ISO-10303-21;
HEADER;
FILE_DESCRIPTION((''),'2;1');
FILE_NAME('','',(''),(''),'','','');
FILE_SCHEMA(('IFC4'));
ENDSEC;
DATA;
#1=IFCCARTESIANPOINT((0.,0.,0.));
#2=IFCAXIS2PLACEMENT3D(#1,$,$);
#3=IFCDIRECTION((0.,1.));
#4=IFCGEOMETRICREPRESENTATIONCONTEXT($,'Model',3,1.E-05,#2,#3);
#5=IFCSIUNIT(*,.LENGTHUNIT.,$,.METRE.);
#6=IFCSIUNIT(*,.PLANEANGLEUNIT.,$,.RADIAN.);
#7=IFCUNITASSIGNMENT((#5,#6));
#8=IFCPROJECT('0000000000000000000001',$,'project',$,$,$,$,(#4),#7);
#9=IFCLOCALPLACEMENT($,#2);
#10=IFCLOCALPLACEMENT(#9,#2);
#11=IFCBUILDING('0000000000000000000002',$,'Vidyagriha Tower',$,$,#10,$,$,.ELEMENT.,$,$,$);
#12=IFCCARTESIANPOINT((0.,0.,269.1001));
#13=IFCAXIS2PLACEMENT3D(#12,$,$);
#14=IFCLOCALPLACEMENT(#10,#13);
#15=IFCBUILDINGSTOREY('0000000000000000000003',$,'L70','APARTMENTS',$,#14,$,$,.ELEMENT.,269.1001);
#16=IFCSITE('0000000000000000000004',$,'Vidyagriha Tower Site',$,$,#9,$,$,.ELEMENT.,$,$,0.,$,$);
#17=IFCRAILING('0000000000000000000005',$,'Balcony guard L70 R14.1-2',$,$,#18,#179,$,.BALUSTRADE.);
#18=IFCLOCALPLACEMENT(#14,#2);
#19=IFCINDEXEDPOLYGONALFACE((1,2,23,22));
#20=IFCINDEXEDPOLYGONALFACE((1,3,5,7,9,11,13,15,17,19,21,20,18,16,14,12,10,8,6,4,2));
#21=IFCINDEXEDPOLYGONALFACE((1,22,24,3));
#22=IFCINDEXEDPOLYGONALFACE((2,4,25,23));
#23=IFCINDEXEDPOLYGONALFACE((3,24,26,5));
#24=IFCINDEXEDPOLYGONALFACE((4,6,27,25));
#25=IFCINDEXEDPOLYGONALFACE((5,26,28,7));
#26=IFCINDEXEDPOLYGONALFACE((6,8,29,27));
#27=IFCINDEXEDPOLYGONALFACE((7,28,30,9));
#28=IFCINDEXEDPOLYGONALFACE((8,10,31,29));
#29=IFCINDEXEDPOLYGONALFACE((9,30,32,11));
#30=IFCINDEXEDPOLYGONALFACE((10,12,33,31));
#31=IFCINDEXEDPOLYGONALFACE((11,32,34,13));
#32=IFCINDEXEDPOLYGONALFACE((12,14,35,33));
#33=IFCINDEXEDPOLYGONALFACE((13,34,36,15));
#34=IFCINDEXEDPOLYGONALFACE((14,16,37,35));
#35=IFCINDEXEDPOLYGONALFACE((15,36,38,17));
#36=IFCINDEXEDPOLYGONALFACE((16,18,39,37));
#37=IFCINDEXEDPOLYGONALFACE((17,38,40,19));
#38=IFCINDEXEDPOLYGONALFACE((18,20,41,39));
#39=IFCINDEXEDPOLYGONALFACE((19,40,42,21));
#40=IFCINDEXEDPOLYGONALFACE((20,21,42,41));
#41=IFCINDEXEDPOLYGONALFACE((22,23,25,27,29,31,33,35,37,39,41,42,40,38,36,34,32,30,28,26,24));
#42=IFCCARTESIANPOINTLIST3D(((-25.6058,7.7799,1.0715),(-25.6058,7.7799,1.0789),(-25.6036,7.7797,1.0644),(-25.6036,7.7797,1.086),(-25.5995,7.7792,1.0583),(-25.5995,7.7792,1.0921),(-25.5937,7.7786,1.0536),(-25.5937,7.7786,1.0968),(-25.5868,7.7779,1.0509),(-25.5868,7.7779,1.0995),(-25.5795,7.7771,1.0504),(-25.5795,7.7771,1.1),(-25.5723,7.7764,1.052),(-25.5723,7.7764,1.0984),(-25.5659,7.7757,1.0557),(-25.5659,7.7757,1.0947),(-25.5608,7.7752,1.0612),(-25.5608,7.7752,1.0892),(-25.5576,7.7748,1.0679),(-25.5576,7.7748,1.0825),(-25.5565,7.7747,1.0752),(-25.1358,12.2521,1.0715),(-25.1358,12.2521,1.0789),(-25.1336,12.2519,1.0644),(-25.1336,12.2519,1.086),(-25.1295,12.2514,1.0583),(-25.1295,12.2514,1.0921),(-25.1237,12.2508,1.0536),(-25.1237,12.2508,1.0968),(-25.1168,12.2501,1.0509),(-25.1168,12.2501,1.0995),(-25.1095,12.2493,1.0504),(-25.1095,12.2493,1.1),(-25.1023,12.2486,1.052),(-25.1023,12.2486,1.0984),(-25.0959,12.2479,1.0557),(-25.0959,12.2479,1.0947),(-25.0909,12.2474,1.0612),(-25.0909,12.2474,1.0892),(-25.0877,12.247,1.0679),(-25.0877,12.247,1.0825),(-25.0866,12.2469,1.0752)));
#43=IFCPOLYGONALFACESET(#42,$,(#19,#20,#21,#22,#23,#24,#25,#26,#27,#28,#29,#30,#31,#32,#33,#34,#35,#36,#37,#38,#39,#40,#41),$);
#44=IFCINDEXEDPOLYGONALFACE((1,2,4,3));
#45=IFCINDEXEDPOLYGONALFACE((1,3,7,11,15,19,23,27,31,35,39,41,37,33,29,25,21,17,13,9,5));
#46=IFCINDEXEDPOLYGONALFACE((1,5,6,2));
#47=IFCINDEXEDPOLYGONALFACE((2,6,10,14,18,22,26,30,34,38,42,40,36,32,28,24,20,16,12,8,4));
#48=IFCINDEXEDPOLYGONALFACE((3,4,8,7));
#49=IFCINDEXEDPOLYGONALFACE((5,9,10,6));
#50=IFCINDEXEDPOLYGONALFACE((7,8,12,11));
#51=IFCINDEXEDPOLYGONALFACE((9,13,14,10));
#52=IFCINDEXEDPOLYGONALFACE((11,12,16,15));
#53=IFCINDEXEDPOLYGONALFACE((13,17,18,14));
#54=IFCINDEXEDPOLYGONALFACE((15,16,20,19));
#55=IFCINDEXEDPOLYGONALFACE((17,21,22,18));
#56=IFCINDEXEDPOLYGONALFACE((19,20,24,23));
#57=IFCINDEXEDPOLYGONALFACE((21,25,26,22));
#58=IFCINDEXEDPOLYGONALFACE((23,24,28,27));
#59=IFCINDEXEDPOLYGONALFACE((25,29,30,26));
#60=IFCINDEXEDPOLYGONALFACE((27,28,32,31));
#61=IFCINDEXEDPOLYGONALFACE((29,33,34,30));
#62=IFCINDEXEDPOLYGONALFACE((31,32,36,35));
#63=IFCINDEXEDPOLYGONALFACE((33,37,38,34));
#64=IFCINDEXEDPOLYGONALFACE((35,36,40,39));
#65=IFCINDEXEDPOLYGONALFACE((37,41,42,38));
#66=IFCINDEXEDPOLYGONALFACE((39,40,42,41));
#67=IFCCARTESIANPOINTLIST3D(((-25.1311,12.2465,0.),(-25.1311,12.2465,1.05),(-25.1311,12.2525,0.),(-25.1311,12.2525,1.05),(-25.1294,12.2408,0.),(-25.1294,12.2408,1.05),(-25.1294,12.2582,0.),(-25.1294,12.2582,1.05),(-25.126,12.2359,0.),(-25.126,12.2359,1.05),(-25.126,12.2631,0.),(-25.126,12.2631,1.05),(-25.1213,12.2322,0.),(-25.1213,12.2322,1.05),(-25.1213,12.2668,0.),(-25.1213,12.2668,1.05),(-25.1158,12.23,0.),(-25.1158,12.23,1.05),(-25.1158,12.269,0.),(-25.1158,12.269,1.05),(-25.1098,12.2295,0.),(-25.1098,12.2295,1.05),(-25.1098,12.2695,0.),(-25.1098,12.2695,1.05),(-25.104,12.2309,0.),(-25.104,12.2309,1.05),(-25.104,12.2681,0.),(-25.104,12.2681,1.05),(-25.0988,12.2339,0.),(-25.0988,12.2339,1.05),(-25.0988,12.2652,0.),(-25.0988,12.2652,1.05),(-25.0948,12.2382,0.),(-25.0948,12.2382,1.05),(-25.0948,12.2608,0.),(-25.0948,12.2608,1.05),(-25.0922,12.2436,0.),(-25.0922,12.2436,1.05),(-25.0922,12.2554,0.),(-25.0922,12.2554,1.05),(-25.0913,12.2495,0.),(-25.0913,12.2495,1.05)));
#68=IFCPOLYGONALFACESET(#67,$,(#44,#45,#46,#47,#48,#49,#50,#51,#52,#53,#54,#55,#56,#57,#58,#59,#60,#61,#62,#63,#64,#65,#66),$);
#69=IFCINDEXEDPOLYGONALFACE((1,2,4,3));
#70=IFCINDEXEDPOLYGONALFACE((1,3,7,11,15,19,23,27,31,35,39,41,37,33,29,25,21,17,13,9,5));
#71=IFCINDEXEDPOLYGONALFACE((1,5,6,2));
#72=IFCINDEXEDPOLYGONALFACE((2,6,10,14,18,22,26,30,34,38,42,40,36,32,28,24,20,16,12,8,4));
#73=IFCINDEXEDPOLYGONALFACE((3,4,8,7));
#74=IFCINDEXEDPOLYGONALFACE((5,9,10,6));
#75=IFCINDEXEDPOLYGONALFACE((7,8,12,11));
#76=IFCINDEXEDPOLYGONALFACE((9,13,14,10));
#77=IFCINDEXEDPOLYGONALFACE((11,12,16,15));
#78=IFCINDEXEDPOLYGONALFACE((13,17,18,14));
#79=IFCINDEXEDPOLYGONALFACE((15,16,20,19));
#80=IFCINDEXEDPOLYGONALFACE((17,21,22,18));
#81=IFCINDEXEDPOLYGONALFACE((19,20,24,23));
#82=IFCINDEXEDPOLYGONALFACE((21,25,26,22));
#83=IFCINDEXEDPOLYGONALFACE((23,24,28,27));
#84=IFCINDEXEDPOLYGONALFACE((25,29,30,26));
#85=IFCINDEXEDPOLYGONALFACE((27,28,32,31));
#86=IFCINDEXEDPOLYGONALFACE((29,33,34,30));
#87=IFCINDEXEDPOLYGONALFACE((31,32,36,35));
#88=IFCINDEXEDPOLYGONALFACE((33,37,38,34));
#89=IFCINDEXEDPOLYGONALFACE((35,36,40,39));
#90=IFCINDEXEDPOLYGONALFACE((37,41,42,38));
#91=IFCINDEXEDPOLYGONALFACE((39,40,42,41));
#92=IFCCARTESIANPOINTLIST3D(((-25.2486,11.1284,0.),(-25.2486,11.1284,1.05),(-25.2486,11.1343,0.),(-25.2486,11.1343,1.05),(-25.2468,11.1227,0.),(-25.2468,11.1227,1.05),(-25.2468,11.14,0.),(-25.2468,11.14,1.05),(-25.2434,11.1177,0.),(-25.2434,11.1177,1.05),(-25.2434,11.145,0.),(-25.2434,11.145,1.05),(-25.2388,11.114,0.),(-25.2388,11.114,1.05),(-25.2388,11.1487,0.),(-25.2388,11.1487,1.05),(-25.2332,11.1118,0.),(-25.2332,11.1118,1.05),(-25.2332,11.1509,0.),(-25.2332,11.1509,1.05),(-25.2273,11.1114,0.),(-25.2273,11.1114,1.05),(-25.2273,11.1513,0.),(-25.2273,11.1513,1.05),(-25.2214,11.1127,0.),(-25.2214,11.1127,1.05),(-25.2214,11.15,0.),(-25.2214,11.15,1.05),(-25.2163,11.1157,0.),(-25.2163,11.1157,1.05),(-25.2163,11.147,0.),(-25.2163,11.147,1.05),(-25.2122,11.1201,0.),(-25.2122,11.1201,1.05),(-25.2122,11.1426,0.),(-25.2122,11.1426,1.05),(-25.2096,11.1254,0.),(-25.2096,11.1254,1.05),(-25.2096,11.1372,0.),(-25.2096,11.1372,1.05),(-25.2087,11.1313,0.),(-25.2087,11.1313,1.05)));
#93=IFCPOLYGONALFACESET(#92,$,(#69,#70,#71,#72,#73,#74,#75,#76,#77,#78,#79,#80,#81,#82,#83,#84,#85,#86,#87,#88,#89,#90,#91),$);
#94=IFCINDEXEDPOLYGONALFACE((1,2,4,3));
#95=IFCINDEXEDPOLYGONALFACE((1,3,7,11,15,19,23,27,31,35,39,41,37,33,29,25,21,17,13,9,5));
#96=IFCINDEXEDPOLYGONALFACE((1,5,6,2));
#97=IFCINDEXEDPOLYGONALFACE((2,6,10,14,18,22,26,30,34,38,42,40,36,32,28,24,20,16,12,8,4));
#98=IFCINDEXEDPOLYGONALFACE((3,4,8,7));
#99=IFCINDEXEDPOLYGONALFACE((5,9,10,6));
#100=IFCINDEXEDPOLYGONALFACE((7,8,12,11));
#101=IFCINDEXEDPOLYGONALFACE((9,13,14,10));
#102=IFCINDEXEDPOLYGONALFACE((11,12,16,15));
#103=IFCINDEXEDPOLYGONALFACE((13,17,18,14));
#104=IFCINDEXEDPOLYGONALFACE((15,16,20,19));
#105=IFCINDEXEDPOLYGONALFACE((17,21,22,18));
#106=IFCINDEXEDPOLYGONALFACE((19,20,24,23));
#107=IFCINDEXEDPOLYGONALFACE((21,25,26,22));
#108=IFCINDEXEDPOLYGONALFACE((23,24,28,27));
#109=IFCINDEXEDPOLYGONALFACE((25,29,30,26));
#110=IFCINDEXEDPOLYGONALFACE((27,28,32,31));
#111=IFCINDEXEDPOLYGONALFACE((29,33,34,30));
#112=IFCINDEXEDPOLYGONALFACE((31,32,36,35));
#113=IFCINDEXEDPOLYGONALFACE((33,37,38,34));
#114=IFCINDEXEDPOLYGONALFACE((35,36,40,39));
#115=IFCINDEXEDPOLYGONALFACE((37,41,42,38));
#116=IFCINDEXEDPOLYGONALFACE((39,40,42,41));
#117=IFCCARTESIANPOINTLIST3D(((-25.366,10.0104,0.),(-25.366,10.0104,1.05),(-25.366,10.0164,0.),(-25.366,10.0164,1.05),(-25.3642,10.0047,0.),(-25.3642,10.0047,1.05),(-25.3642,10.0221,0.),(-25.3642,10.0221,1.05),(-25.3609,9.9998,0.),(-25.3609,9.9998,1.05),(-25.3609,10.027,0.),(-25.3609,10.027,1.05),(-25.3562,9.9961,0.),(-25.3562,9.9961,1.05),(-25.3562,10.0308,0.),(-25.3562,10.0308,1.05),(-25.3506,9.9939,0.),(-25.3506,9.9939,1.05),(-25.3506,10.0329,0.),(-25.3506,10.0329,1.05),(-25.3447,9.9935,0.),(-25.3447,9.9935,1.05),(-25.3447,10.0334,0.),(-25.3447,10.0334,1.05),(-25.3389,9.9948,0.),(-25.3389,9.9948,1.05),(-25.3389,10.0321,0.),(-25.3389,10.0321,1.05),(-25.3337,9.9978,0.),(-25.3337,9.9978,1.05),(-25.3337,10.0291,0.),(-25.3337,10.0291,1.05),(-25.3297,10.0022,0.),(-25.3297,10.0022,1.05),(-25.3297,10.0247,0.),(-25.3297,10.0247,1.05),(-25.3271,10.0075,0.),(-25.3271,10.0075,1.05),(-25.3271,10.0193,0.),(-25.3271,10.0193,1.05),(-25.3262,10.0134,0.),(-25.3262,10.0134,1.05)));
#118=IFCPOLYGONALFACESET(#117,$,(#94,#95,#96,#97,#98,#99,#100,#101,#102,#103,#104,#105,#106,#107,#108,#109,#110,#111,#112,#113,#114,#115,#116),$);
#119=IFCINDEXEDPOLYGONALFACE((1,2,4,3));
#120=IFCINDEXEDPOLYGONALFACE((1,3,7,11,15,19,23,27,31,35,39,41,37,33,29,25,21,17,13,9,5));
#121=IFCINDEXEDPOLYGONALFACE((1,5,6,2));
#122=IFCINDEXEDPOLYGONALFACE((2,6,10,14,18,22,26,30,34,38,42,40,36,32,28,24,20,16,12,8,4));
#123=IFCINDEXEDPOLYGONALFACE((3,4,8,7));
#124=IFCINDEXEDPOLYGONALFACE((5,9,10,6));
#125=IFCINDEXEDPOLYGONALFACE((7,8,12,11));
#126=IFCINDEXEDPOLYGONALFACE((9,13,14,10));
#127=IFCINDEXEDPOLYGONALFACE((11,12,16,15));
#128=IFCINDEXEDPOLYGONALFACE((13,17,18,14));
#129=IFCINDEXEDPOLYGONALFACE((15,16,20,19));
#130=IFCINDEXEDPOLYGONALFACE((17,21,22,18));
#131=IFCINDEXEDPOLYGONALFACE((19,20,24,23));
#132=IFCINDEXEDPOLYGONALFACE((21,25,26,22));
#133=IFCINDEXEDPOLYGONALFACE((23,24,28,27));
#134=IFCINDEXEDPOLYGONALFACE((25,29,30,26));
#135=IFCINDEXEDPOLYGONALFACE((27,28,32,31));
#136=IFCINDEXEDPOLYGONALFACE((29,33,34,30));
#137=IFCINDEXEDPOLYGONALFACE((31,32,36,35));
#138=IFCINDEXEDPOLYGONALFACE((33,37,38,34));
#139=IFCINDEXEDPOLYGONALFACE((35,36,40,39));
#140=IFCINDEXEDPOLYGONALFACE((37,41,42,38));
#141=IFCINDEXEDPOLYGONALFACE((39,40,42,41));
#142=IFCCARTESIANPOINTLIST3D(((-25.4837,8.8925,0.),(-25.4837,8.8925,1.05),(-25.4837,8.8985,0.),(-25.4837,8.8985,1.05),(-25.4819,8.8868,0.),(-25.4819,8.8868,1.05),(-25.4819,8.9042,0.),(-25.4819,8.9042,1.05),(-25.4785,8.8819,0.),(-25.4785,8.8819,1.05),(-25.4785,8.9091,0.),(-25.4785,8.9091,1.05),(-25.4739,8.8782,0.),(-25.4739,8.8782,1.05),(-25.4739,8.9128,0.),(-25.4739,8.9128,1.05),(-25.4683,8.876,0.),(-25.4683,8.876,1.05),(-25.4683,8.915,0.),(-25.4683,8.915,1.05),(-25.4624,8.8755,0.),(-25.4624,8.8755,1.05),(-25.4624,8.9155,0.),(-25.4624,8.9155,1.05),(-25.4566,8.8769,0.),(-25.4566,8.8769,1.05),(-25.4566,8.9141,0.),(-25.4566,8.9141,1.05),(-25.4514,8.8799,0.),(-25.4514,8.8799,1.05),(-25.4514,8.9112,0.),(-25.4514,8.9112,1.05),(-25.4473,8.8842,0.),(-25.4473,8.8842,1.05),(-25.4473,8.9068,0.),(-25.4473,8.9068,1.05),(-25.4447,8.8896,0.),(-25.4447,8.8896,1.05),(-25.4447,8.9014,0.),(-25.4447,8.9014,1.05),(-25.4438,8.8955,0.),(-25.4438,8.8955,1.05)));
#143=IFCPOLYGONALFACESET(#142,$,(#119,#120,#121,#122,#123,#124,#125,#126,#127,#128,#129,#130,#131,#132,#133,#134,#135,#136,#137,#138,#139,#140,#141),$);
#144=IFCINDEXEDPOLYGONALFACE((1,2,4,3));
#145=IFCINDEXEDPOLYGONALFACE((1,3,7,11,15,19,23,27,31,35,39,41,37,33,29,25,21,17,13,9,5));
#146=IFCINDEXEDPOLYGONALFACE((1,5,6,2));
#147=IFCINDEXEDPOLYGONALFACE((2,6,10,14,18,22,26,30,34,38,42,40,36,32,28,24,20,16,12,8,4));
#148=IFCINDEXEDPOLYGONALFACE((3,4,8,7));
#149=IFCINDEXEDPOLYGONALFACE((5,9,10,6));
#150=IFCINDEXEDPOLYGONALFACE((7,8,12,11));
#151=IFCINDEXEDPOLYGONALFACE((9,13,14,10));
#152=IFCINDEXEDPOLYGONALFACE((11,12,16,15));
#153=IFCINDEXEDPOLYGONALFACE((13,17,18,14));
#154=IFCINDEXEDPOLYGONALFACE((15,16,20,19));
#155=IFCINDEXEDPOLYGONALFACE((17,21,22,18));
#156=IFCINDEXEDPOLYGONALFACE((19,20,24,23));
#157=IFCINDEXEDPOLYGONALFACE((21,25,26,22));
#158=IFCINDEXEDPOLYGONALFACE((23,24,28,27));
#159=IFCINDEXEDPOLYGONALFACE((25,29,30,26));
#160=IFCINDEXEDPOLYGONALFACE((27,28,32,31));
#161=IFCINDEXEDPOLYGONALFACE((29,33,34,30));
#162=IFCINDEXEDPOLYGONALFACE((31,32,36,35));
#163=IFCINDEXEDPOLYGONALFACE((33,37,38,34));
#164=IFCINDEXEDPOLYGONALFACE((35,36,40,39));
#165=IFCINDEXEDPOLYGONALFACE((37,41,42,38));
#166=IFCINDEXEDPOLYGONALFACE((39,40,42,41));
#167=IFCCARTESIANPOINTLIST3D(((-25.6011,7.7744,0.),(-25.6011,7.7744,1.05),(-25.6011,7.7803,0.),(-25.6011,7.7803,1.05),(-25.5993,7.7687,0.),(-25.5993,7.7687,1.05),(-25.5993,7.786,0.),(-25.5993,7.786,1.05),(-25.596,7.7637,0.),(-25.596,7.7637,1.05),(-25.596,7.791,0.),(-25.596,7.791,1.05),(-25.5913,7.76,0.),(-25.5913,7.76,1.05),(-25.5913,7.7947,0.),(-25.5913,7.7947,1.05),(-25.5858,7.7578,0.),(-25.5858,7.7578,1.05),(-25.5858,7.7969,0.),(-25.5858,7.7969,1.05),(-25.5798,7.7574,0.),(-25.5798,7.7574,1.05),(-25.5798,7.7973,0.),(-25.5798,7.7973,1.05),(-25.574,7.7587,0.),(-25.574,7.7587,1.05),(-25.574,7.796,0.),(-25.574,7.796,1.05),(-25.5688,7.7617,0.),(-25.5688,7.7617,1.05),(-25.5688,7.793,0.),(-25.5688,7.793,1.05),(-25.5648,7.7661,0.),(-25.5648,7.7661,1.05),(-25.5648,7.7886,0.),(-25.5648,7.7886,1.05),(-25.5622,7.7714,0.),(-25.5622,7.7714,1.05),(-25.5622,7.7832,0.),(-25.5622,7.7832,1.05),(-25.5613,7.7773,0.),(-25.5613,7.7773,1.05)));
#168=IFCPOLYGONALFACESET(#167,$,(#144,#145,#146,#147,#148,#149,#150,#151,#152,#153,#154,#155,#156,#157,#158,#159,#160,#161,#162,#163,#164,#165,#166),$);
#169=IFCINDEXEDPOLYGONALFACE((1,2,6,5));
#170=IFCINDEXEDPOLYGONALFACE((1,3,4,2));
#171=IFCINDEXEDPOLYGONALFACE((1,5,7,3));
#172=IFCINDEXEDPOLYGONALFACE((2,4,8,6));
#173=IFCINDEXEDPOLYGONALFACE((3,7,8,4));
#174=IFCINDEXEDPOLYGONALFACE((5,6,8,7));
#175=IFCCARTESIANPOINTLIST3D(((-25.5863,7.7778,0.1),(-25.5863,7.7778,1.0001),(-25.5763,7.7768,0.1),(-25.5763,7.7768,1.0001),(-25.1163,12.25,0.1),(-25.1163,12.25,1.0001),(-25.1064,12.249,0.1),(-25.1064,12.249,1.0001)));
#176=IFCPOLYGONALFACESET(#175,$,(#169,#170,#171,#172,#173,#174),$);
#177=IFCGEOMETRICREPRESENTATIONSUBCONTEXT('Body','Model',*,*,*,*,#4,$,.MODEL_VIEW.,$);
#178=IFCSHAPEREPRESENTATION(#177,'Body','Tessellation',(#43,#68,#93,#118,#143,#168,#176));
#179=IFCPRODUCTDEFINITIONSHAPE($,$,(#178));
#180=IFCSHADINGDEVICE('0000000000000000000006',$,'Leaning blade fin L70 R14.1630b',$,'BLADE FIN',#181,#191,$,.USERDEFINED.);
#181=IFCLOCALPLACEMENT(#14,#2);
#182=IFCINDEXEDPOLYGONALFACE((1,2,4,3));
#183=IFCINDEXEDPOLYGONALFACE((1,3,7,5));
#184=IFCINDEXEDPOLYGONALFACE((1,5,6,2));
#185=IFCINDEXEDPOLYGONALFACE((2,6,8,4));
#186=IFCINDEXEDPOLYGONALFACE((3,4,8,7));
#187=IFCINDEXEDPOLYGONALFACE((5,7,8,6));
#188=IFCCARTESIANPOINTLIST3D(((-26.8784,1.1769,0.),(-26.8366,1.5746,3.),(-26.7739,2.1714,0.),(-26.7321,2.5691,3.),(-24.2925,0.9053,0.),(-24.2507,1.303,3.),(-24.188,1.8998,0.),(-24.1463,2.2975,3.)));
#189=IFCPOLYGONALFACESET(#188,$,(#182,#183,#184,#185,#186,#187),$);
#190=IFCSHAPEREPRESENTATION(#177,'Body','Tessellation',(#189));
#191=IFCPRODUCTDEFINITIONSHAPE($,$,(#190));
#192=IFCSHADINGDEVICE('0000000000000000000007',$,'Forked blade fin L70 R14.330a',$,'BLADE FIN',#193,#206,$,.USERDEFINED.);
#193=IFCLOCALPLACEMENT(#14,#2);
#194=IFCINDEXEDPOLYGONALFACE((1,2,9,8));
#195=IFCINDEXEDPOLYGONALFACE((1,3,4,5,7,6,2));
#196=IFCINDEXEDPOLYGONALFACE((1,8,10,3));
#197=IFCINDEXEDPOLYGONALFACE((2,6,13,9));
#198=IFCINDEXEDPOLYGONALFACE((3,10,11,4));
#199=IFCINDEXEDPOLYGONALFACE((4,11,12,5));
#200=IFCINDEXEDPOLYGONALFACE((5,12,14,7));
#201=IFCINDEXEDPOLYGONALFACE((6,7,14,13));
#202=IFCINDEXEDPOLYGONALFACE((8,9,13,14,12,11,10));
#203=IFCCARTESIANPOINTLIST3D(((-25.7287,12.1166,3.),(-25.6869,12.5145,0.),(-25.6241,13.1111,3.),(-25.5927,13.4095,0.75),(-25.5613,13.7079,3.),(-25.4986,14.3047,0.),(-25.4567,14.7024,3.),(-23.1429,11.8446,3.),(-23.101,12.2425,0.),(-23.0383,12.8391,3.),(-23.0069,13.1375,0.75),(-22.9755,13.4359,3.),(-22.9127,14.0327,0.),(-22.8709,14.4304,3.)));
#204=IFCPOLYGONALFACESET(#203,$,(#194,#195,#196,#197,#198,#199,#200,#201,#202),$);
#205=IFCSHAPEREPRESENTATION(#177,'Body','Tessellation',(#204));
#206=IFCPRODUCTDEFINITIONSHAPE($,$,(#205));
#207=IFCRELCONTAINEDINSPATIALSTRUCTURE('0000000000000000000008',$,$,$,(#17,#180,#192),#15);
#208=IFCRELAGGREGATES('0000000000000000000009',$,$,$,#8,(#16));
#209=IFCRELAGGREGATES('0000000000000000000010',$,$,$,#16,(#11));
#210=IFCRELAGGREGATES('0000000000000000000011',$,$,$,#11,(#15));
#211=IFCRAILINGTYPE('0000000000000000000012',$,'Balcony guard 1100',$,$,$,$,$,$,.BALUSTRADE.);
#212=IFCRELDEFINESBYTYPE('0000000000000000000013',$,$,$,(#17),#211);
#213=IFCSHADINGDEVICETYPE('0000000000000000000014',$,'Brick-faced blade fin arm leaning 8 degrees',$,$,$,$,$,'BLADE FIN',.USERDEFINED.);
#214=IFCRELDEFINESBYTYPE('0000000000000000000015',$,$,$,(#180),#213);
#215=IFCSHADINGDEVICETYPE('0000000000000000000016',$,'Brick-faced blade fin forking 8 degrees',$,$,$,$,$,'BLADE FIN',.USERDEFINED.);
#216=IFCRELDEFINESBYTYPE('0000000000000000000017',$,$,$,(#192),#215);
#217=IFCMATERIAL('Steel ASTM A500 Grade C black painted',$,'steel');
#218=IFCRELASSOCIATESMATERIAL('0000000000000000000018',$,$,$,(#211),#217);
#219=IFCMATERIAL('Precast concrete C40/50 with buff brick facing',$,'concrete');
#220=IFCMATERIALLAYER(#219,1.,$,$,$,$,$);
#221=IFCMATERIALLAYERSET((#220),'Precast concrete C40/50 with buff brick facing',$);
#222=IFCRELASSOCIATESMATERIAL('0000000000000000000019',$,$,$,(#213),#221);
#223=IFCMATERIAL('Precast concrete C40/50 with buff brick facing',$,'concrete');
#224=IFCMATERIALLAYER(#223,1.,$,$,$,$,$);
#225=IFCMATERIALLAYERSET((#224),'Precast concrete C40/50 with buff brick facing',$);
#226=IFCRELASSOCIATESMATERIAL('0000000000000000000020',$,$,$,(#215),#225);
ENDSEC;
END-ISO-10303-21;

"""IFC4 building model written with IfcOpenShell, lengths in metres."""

from ifc_helpers import new_model, si_unit, direction, frame, origin, origin_2d, place, context, subcontext, project, spatial, polyline, rectangle, circle, outline, extrude, material, layer, layer_set, type_object, element, save


model = new_model("IFC4")

# Units and contexts
model_context = context("Model", 3, precision=1e-05, world=origin(), true_north=direction((0.0, 1.0)))
body_context = subcontext(model_context, "Body", "Model", "MODEL_VIEW")
ifc_project = project(units=[si_unit("LENGTHUNIT", "METRE"), si_unit("PLANEANGLEUNIT", "RADIAN")], contexts=[model_context])

# Site, building, storey
site_placement = place(None, origin())
site = spatial("IfcSite", under=ifc_project, at=site_placement, Name="Vidyagriha Tower Site", CompositionType="ELEMENT", RefElevation=0.0)
building_placement = place(site_placement, origin())
building = spatial("IfcBuilding", under=site, at=building_placement, Name="Vidyagriha Tower", CompositionType="ELEMENT")
storey_placement = place(building_placement, frame((0.0, 0.0, 269.1001)))
storey = spatial("IfcBuildingStorey", under=building, at=storey_placement, Name="L70", Description="APARTMENTS", CompositionType="ELEMENT", Elevation=269.1001)

# Railing
ifc_material_1 = material(Name="Steel ASTM A500 Grade C black painted", Category="steel")
railing_type_1 = type_object("IfcRailingType", Name="Balcony guard 1100", PredefinedType="BALUSTRADE", material=ifc_material_1)
railing_1_placement = place(storey_placement, frame((-25.1113, 12.2495, 0.0)))
element("IfcRailing", 1, at=railing_1_placement, inside=storey, type_object=railing_type_1, Name="Balcony guard L70 R14.1-2", PredefinedType="BALUSTRADE", context=body_context, shape_type="SweptSolid", body=[
    extrude(circle(Radius=0.0249, at=origin_2d()), frame((0.0, 0.0, 1.0752), z_axis=(-0.104512, -0.994524, 0.0), x_axis=(0.994524, -0.104512, 0.0)), (0.0, 0.0, 1.0), 4.4968),
    extrude(circle(Radius=0.02, at=origin_2d()), origin(), (0.0, 0.0, 1.0), 1.05),
    extrude(circle(Radius=0.02, at=origin_2d()), frame((-0.1174, -1.1182, 0.0)), (0.0, 0.0, 1.0), 1.05),
    extrude(circle(Radius=0.02, at=origin_2d()), frame((-0.2349, -2.2361, 0.0)), (0.0, 0.0, 1.0), 1.05),
    extrude(circle(Radius=0.02, at=origin_2d()), frame((-0.3525, -3.354, 0.0)), (0.0, 0.0, 1.0), 1.05),
    extrude(circle(Radius=0.02, at=origin_2d()), frame((-0.47, -4.4722, 0.0)), (0.0, 0.0, 1.0), 1.05),
    extrude(rectangle(XDim=0.01, YDim=0.9001, at=origin_2d()), frame((0.0, 0.0, 0.55), z_axis=(-0.104512, -0.994524, 0.0), x_axis=(0.994524, -0.104512, 0.0)), (0.0, 0.0, 1.0), 4.4968),
])

# Shading devices
ifc_material_2 = material(Name="Precast concrete C40/50 with buff brick facing", Category="concrete")
ifc_layer_1 = layer(ifc_material_2, 1.0)
ifc_layer_set_1 = layer_set([ifc_layer_1], Name="Precast concrete C40/50 with buff brick facing")
shading_device_type_1 = type_object("IfcShadingDeviceType", Name="Brick-faced blade fin arm leaning 8 degrees", ElementType="BLADE FIN", PredefinedType="USERDEFINED", material=ifc_layer_set_1)
shading_device_1_placement = place(storey_placement, frame((-25.4392, 2.4333, 0.0), z_axis=(0.0, 0.0, 1.0), x_axis=(-0.104458, -0.994529, 0.0)))
element("IfcShadingDevice", 2, at=shading_device_1_placement, inside=storey, type_object=shading_device_type_1, Name="Leaning blade fin L70 R14.1630b", ObjectType="BLADE FIN", PredefinedType="USERDEFINED", context=body_context, shape_type="SweptSolid", body=[
    extrude(outline(polyline([(0.3999, 0.0), (1.3999, 0.0), (1.0, 3.0), (0.0, 3.0), (0.3999, 0.0)])), frame((0.0, 1.3, 0.0), z_axis=(0.0, -1.0, 0.0), x_axis=(1.0, 0.0, 0.0)), (0.0, 0.0, 1.0), 2.6001),
])
ifc_material_3 = material(Name="Precast concrete C40/50 with buff brick facing", Category="concrete")
ifc_layer_2 = layer(ifc_material_3, 1.0)
ifc_layer_set_2 = layer_set([ifc_layer_2], Name="Precast concrete C40/50 with buff brick facing")
shading_device_type_2 = type_object("IfcShadingDeviceType", Name="Brick-faced blade fin forking 8 degrees", ElementType="BLADE FIN", PredefinedType="USERDEFINED", material=ifc_layer_set_2)
shading_device_2_placement = place(storey_placement, frame((-24.1638, 14.5664, 0.0), z_axis=(0.0, 0.0, 1.0), x_axis=(-0.104607, -0.994514, 0.0)))
element("IfcShadingDevice", 3, at=shading_device_2_placement, inside=storey, type_object=shading_device_type_2, Name="Forked blade fin L70 R14.330a", ObjectType="BLADE FIN", PredefinedType="USERDEFINED", context=body_context, shape_type="SweptSolid", body=[
    extrude(outline(polyline([(0.3999, 0.0), (2.2, 0.0), (2.6001, 3.0), (1.6001, 3.0), (1.3, 0.75), (1.0, 3.0), (0.0, 3.0), (0.3999, 0.0)])), frame((0.0, 1.3, 0.0), z_axis=(0.0, -1.0, 0.0), x_axis=(1.0, 0.0, 0.0)), (0.0, 0.0, 1.0), 2.6001),
])

save(model, "model.ifc")
